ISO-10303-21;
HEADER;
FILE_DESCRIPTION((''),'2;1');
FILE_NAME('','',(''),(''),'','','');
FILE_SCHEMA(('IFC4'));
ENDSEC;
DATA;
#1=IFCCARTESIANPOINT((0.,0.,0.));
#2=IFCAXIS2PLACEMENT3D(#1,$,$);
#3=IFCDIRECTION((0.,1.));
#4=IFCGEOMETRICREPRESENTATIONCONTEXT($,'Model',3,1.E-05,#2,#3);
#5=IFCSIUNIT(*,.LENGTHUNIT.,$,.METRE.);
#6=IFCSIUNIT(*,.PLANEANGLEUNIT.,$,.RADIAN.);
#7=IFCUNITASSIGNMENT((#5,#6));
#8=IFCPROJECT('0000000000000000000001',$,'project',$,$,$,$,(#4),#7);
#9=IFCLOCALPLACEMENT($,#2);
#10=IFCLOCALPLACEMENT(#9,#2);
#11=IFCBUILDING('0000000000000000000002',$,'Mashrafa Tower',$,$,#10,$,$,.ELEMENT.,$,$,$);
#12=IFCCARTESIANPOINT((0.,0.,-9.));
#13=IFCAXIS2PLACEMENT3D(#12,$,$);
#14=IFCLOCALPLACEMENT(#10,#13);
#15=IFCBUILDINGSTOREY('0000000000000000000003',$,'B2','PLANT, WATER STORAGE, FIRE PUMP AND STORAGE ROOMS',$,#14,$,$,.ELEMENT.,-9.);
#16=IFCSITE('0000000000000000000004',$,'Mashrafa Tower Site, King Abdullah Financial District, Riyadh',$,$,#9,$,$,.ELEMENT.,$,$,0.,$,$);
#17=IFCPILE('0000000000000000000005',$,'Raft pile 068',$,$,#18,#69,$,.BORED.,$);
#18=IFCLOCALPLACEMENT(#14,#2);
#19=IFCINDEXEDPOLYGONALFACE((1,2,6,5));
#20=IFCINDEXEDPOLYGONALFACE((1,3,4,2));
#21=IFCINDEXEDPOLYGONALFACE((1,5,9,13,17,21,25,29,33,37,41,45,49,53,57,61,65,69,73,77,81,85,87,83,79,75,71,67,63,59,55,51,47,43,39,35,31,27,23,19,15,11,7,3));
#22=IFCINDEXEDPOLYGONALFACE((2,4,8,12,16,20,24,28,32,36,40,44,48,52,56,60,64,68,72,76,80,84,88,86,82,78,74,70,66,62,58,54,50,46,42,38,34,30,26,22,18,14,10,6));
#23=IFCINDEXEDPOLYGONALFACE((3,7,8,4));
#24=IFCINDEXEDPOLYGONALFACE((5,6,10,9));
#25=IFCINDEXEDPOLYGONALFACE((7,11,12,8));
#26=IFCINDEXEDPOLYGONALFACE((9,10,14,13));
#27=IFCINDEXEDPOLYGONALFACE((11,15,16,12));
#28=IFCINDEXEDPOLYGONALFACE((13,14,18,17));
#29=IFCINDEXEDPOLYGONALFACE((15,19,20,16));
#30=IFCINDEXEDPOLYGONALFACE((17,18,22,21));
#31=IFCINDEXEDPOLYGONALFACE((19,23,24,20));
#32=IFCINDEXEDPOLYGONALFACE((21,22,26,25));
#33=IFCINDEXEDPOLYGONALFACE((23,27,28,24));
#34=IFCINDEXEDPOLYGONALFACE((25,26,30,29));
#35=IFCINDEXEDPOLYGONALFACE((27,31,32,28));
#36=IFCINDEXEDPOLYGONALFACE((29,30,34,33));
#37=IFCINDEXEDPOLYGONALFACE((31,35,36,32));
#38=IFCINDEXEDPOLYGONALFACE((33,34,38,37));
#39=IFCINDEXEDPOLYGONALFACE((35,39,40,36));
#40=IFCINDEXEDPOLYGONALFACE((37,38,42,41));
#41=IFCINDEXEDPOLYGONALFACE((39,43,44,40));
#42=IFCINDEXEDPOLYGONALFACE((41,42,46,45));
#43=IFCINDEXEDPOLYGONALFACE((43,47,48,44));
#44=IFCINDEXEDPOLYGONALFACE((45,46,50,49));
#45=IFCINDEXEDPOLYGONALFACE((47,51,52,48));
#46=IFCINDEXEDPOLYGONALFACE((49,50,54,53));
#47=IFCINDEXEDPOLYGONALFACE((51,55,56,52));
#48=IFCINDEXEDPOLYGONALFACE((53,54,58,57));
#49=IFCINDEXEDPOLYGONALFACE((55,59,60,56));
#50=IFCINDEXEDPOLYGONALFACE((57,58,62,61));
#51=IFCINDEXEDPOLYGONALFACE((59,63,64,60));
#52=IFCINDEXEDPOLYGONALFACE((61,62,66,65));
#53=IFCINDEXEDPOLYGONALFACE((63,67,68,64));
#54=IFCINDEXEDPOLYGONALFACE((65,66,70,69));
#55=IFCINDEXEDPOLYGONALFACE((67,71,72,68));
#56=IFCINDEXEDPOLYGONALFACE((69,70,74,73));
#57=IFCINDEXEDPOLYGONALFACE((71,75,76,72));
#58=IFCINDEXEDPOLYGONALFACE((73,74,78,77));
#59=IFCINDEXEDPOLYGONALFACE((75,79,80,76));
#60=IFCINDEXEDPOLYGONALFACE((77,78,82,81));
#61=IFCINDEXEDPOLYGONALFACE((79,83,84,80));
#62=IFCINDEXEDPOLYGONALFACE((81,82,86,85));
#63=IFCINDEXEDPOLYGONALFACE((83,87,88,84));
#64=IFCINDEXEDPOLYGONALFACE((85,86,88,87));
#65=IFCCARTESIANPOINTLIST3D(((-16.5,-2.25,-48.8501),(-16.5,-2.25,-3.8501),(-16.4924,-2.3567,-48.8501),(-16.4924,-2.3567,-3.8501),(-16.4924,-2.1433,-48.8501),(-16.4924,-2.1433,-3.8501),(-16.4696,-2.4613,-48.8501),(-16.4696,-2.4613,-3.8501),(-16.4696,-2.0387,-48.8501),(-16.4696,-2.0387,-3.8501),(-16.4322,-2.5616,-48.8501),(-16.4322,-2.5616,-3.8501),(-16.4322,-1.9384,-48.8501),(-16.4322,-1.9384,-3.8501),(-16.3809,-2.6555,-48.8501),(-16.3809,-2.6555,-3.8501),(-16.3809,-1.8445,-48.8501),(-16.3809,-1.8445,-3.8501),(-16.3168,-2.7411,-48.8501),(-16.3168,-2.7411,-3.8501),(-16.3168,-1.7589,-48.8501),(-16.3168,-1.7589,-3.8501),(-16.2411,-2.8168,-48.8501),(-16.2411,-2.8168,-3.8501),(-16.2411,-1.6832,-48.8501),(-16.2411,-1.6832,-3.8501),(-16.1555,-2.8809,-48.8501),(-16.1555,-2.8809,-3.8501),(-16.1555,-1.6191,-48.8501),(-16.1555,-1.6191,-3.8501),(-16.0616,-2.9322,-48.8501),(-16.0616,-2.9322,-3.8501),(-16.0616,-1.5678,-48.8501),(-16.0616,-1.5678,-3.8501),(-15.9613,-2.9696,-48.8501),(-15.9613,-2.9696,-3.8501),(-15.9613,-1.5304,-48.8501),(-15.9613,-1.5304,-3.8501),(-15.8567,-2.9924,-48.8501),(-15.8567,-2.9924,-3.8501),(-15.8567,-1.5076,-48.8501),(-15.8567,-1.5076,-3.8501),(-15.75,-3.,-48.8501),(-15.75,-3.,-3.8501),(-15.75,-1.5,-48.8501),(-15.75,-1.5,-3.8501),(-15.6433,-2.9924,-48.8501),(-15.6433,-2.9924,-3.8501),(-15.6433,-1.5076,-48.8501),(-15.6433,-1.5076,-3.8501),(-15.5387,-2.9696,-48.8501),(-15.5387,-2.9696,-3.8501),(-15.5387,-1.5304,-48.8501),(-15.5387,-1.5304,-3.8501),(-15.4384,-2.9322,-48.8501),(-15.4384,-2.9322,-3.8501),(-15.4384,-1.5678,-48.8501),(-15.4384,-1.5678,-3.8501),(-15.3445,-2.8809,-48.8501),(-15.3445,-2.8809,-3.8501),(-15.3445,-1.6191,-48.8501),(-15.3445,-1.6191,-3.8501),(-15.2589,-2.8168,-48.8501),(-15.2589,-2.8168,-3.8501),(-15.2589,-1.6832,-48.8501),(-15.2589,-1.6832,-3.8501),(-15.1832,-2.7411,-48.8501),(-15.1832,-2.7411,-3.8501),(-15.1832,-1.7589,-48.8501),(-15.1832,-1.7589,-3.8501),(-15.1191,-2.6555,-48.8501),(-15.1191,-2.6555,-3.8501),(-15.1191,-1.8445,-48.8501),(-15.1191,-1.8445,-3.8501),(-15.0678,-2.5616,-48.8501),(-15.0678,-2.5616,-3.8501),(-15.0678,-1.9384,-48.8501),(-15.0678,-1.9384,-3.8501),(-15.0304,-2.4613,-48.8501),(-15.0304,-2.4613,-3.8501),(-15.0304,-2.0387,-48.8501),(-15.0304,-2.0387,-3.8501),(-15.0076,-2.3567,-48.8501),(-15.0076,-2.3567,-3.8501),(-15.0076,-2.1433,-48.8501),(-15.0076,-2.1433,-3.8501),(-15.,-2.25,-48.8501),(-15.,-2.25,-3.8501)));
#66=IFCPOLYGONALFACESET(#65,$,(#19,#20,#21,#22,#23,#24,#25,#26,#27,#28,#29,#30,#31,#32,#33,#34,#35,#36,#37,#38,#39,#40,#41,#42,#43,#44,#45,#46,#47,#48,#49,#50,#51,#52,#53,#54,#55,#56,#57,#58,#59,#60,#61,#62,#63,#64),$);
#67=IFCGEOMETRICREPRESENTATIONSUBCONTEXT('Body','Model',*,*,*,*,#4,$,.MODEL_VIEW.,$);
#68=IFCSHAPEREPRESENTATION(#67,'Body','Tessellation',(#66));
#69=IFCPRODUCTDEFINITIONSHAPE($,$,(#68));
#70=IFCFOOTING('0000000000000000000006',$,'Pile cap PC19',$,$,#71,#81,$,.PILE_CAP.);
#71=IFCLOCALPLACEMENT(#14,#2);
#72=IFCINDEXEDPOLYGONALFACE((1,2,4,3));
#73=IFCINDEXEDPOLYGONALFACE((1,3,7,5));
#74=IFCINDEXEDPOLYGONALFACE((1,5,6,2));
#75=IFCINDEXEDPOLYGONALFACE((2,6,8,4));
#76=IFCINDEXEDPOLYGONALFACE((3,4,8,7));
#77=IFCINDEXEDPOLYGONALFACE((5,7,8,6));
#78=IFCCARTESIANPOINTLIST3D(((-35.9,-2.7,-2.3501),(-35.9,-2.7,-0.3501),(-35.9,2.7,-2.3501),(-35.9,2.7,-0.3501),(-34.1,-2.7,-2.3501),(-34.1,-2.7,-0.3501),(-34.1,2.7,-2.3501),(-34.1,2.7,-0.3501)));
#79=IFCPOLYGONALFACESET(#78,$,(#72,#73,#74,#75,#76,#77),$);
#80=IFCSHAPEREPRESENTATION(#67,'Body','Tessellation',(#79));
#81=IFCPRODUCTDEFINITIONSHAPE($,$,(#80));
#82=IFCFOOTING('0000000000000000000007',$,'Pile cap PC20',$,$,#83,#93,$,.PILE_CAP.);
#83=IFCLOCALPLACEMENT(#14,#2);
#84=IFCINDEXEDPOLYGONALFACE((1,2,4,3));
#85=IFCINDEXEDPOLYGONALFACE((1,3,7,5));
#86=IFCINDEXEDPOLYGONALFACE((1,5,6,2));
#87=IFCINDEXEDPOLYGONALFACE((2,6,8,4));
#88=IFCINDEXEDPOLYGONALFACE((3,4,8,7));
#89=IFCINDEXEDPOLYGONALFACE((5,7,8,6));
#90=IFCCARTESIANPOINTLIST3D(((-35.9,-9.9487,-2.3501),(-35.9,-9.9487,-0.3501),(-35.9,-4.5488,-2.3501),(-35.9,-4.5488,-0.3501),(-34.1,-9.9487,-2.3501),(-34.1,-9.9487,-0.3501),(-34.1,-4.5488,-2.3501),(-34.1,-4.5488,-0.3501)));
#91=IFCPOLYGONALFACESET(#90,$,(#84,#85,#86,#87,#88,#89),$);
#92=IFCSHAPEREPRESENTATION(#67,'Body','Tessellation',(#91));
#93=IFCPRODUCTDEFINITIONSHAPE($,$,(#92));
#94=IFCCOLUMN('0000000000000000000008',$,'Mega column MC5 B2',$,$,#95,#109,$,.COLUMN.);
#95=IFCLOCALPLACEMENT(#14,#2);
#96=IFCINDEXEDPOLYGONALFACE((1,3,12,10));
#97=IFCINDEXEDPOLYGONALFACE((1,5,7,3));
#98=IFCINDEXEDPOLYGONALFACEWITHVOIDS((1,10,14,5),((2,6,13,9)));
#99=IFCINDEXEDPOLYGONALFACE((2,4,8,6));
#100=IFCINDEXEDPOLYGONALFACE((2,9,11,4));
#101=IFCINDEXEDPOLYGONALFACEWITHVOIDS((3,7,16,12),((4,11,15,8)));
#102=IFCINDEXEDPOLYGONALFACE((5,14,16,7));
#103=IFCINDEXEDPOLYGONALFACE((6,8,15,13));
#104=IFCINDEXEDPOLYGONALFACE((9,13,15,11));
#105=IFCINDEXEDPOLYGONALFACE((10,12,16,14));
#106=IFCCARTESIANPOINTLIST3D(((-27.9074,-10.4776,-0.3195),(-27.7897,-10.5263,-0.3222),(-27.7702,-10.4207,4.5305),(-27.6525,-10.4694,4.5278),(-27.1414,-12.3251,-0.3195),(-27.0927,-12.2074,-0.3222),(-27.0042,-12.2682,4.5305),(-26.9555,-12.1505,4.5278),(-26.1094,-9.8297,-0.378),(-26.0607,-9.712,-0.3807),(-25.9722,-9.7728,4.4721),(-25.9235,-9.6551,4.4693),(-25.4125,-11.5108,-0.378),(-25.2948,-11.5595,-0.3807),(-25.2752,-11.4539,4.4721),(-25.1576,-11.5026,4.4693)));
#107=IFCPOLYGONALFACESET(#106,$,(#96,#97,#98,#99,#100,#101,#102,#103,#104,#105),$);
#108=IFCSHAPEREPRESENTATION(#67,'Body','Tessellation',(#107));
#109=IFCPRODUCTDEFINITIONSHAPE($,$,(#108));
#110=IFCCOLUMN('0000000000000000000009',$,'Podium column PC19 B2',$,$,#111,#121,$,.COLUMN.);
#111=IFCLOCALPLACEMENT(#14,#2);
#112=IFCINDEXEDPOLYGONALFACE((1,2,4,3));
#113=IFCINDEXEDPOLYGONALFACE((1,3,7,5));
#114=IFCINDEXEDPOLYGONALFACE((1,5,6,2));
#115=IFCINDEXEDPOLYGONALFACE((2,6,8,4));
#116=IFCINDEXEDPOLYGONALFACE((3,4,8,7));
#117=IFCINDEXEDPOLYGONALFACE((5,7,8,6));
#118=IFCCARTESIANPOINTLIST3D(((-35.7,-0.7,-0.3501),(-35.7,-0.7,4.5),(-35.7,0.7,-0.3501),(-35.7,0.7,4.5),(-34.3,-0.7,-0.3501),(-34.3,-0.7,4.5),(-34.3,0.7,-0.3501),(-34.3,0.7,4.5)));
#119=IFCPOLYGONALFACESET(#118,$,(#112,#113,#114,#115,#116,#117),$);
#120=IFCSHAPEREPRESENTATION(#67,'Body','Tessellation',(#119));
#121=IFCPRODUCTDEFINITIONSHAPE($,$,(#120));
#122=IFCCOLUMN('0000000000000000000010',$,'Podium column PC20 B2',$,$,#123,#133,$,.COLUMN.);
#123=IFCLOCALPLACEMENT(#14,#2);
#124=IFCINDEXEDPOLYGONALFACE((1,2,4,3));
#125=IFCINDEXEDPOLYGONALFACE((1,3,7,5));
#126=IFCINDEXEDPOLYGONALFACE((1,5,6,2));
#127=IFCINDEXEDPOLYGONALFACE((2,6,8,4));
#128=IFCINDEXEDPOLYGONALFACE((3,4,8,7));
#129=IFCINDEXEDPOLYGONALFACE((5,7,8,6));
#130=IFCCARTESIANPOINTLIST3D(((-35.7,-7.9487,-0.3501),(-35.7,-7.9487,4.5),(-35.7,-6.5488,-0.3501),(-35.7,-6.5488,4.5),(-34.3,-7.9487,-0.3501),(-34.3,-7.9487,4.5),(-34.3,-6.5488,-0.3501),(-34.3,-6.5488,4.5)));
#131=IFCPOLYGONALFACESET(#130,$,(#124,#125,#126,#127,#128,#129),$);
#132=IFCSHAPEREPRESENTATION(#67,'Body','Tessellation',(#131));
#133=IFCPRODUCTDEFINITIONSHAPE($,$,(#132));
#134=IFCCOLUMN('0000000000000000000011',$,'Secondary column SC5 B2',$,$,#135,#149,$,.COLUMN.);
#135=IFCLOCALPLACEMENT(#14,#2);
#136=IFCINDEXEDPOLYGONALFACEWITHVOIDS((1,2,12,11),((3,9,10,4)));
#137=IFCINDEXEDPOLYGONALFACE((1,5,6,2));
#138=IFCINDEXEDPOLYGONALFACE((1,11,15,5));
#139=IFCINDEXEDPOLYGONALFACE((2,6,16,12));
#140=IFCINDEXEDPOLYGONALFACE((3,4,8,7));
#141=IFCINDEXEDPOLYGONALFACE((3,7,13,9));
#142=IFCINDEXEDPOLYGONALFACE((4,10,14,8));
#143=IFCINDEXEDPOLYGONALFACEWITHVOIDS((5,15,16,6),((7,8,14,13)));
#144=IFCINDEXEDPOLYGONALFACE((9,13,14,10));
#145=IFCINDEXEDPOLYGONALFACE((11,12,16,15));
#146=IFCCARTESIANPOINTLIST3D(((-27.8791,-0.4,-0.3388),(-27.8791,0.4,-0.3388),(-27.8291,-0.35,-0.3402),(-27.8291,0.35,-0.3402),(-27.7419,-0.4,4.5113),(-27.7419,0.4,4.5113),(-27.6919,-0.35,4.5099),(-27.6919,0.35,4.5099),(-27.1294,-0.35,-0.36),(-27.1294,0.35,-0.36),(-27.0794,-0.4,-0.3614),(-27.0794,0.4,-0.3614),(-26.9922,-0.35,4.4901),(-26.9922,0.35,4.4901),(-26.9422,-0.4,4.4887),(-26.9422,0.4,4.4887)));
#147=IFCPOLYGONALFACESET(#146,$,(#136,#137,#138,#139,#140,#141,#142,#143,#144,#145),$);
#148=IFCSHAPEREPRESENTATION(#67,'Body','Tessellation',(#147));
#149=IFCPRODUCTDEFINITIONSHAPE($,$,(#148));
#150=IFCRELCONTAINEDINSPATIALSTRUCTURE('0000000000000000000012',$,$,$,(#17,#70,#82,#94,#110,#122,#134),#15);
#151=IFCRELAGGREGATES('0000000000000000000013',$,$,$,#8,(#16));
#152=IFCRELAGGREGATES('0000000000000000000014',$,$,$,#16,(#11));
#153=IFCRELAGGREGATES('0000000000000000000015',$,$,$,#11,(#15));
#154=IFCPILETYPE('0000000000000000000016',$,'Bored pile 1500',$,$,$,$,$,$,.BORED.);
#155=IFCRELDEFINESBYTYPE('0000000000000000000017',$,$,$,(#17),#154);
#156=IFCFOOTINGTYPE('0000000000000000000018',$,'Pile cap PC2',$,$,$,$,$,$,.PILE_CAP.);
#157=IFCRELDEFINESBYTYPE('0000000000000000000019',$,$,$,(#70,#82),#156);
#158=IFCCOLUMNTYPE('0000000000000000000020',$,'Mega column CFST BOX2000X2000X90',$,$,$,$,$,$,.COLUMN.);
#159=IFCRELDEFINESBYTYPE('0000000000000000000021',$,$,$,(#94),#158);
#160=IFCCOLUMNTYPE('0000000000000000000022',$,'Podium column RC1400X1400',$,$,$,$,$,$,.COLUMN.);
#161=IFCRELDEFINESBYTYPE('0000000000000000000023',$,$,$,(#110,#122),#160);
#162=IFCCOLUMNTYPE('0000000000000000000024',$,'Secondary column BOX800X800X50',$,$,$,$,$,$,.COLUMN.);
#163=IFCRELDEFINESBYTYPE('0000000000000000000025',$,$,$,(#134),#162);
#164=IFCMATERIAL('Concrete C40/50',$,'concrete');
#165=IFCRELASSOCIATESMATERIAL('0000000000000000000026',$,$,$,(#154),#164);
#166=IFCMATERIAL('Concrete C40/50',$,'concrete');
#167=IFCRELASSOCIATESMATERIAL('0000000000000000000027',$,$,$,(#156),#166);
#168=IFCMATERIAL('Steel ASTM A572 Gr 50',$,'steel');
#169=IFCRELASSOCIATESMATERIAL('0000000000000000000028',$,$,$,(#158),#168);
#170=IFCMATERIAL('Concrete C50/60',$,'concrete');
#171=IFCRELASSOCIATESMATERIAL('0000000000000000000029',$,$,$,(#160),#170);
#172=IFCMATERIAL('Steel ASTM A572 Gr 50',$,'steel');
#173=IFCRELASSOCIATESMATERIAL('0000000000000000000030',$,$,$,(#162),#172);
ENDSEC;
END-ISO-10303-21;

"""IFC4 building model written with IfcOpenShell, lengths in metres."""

from ifc_helpers import new_model, si_unit, direction, frame, origin, origin_2d, place, context, subcontext, project, spatial, rectangle, hollow_rectangle, circle, extrude, material, material_profile, profile_set, type_object, element, save


model = new_model("IFC4")

# Units and contexts
model_context = context("Model", 3, precision=1e-05, world=origin(), true_north=direction((0.0, 1.0)))
body_context = subcontext(model_context, "Body", "Model", "MODEL_VIEW")
ifc_project = project(units=[si_unit("LENGTHUNIT", "METRE"), si_unit("PLANEANGLEUNIT", "RADIAN")], contexts=[model_context])

# Site, building, storey
site_placement = place(None, origin())
site = spatial("IfcSite", under=ifc_project, at=site_placement, Name="Mashrafa Tower Site, King Abdullah Financial District, Riyadh", CompositionType="ELEMENT", RefElevation=0.0)
building_placement = place(site_placement, origin())
building = spatial("IfcBuilding", under=site, at=building_placement, Name="Mashrafa Tower", CompositionType="ELEMENT")
storey_placement = place(building_placement, frame((0.0, 0.0, -9.0)))
storey = spatial("IfcBuildingStorey", under=building, at=storey_placement, Name="B2", Description="PLANT, WATER STORAGE, FIRE PUMP AND STORAGE ROOMS", CompositionType="ELEMENT", Elevation=-9.0)

# Pile
ifc_material_1 = material(Name="Concrete C40/50", Category="concrete")
ifc_material_profile_1 = material_profile(ifc_material_1, circle(Radius=0.75, at=origin_2d()), Name="1500 DIA")
ifc_profile_set_1 = profile_set([ifc_material_profile_1], Name="Concrete C40/50")
pile_type_1 = type_object("IfcPileType", Name="Bored pile 1500", PredefinedType="BORED", material=ifc_profile_set_1)
for number, where, z_axis, x_axis, name in (
    (1, (-15.75, -2.25, -3.8501), (0.0, 0.0, -1.0), (1.0, 0.0, 0.0), "Raft pile 068"),
):
    element("IfcPile", number, at=place(storey_placement, frame(where, z_axis=z_axis, x_axis=x_axis)), inside=storey, type_object=pile_type_1, Name=name, PredefinedType="BORED", context=body_context, shape_type="SweptSolid", body=[
        extrude(circle(Radius=0.75, at=origin_2d()), origin(), (0.0, 0.0, 1.0), 45.0),
    ])

# Footings
ifc_material_2 = material(Name="Concrete C40/50", Category="concrete")
footing_type = type_object("IfcFootingType", Name="Pile cap PC2", PredefinedType="PILE_CAP", material=ifc_material_2)
for number, where, z_axis, x_axis, name in (
    (2, (-35.0, 0.0, -2.3501), (0.0, 0.0, 1.0), (0.0, -1.0, 0.0), "Pile cap PC19"),
    (3, (-35.0, -7.2488, -2.3501), (0.0, 0.0, 1.0), (0.0, -1.0, 0.0), "Pile cap PC20"),
):
    element("IfcFooting", number, at=place(storey_placement, frame(where, z_axis=z_axis, x_axis=x_axis)), inside=storey, type_object=footing_type, Name=name, PredefinedType="PILE_CAP", context=body_context, shape_type="SweptSolid", body=[
        extrude(rectangle(XDim=5.3999, YDim=1.8, at=origin_2d()), origin(), (0.0, 0.0, 1.0), 2.0),
    ])

# Columns
ifc_material_3 = material(Name="Steel ASTM A572 Gr 50", Category="steel")
ifc_material_profile_2 = material_profile(ifc_material_3, hollow_rectangle(XDim=2.0, YDim=2.0, WallThickness=0.0901, at=origin_2d()), Name="BOX2000X2000X90")
ifc_profile_set_2 = profile_set([ifc_material_profile_2], Name="Steel ASTM A572 Gr 50")
column_type_1 = type_object("IfcColumnType", Name="Mega column CFST BOX2000X2000X90", PredefinedType="COLUMN", material=ifc_profile_set_2)
column_1_placement = place(storey_placement, frame((-26.6011, -11.0186, -0.3501), z_axis=(0.028276, 0.011723, 0.999531), x_axis=(-0.382981, 0.923756, 0.0)))
element("IfcColumn", 4, at=column_1_placement, inside=storey, type_object=column_type_1, Name="Mega column MC5 B2", PredefinedType="COLUMN", context=body_context, shape_type="SweptSolid", body=[
    extrude(hollow_rectangle(XDim=2.0, YDim=2.0, WallThickness=0.0901, at=origin_2d()), origin(), (0.0, 0.0, 1.0), 4.8523),
])
ifc_material_4 = material(Name="Concrete C50/60", Category="concrete")
ifc_material_profile_3 = material_profile(ifc_material_4, rectangle(XDim=1.3999, YDim=1.3999, at=origin_2d()), Name="RC1400X1400")
ifc_profile_set_3 = profile_set([ifc_material_profile_3], Name="Concrete C50/60")
column_type_2 = type_object("IfcColumnType", Name="Podium column RC1400X1400", PredefinedType="COLUMN", material=ifc_profile_set_3)
for number, where, z_axis, x_axis, name in (
    (5, (-35.0, 0.0, -0.3501), (0.0, 0.0, 1.0), (1.0, 0.0, 0.0), "Podium column PC19 B2"),
    (6, (-35.0, -7.2488, -0.3501), (0.0, 0.0, 1.0), (1.0, 0.0, 0.0), "Podium column PC20 B2"),
):
    element("IfcColumn", number, at=place(storey_placement, frame(where, z_axis=z_axis, x_axis=x_axis)), inside=storey, type_object=column_type_2, Name=name, PredefinedType="COLUMN", context=body_context, shape_type="SweptSolid", body=[
        extrude(rectangle(XDim=1.3999, YDim=1.3999, at=origin_2d()), origin(), (0.0, 0.0, 1.0), 4.8501),
    ])
ifc_material_5 = material(Name="Steel ASTM A572 Gr 50", Category="steel")
ifc_material_profile_4 = material_profile(ifc_material_5, hollow_rectangle(XDim=0.8, YDim=0.8, WallThickness=0.05, at=origin_2d()), Name="BOX800X800X50")
ifc_profile_set_4 = profile_set([ifc_material_profile_4], Name="Steel ASTM A572 Gr 50")
column_type_3 = type_object("IfcColumnType", Name="Secondary column BOX800X800X50", PredefinedType="COLUMN", material=ifc_profile_set_4)
column_2_placement = place(storey_placement, frame((-27.4792, 0.0, -0.3501), z_axis=(0.028278, 0.0, 0.9996), x_axis=(0.0, 1.0, 0.0)))
element("IfcColumn", 7, at=column_2_placement, inside=storey, type_object=column_type_3, Name="Secondary column SC5 B2", PredefinedType="COLUMN", context=body_context, shape_type="SweptSolid", body=[
    extrude(hollow_rectangle(XDim=0.8, YDim=0.8, WallThickness=0.05, at=origin_2d()), origin(), (0.0, 0.0, 1.0), 4.8521),
])

save(model, "model.ifc")
